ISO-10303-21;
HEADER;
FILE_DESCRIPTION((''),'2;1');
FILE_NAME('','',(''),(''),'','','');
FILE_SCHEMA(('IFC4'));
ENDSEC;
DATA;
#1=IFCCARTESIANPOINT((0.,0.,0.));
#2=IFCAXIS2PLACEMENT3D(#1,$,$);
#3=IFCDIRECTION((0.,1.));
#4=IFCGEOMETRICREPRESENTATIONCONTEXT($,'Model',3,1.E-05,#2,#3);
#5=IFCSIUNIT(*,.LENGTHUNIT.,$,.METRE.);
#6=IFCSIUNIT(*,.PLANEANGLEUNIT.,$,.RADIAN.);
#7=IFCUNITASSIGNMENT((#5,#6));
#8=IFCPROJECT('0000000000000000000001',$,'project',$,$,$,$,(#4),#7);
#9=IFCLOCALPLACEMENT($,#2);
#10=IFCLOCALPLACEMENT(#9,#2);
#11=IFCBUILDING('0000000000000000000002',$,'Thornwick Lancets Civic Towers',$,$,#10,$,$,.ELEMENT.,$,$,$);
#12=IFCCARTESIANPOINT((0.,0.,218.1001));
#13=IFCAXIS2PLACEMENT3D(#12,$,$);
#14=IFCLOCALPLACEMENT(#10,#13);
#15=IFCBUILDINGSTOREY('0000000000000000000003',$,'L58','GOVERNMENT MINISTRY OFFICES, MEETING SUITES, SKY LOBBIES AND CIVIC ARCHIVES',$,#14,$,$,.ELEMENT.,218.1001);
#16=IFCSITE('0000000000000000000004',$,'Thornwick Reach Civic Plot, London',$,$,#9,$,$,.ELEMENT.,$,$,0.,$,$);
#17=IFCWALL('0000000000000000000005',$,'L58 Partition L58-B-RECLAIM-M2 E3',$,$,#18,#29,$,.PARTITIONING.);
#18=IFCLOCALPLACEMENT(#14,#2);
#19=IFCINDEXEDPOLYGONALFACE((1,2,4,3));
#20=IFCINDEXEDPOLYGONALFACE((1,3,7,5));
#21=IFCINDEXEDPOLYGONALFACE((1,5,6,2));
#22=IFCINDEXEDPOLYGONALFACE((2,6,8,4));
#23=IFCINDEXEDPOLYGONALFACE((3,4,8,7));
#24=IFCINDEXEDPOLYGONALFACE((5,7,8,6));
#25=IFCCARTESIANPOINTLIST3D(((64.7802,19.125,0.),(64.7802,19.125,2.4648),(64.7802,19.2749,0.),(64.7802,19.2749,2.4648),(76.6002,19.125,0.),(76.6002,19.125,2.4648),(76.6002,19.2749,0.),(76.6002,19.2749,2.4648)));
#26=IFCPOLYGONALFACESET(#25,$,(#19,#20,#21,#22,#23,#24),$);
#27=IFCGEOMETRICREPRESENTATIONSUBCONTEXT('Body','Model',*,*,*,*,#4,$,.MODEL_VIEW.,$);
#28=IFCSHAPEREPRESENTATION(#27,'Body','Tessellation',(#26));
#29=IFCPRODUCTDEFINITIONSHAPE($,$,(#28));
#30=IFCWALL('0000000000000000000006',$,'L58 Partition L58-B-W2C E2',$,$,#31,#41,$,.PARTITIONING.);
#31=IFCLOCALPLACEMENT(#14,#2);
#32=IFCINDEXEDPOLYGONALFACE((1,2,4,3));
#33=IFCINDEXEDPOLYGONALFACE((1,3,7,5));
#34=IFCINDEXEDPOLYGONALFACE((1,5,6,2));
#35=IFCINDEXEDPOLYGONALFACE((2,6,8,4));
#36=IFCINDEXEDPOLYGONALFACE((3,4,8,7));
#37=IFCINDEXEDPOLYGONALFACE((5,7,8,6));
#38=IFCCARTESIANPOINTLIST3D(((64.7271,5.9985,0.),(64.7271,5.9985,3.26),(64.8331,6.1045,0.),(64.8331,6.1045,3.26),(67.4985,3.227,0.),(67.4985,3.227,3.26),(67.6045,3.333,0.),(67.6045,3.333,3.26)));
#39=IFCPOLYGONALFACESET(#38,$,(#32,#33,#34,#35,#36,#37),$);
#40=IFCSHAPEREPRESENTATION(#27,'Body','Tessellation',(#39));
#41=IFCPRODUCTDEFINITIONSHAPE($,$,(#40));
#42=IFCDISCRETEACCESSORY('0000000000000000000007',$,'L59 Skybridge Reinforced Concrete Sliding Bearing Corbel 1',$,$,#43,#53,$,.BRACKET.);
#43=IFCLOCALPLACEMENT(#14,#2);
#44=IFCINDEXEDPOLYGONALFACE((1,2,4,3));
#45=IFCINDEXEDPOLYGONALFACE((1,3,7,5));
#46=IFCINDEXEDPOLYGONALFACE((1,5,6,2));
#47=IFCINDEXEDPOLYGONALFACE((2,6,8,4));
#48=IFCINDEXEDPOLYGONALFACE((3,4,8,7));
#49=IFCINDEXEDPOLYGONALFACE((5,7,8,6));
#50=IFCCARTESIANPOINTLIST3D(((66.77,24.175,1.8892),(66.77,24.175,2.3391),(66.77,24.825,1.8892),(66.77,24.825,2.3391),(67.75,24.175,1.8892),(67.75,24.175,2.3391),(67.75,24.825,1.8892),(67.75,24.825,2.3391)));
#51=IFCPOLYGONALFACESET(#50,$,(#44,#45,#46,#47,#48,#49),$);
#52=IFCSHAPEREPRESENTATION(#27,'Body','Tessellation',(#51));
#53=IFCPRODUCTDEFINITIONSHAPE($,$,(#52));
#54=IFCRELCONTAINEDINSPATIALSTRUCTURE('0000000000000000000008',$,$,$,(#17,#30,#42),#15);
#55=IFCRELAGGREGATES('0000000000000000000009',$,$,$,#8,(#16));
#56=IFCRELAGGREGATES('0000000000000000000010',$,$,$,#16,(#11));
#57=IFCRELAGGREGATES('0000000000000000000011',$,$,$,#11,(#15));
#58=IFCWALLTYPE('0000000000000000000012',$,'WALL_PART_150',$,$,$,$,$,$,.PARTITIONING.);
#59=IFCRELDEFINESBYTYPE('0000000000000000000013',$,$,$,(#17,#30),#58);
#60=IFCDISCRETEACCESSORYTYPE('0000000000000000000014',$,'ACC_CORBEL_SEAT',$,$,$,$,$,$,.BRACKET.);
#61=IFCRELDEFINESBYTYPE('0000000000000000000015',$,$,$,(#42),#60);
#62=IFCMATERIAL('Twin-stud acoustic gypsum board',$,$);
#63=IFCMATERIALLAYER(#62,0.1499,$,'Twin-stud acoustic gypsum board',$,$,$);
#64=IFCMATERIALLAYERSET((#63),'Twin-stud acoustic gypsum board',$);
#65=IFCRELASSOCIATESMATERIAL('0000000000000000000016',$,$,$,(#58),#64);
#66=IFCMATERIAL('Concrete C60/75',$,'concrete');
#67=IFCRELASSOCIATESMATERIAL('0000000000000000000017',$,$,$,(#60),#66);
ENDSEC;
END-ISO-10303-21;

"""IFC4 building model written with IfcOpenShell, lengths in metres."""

from ifc_helpers import new_model, si_unit, direction, frame, frame_2d, origin, origin_2d, place, context, subcontext, project, spatial, rectangle, extrude, material, layer, layer_set, type_object, element, save


model = new_model("IFC4")

# Units and contexts
model_context = context("Model", 3, precision=1e-05, world=origin(), true_north=direction((0.0, 1.0)))
body_context = subcontext(model_context, "Body", "Model", "MODEL_VIEW")
ifc_project = project(units=[si_unit("LENGTHUNIT", "METRE"), si_unit("PLANEANGLEUNIT", "RADIAN")], contexts=[model_context])

# Site, building, storey
site_placement = place(None, origin())
site = spatial("IfcSite", under=ifc_project, at=site_placement, Name="Thornwick Reach Civic Plot, London", CompositionType="ELEMENT", RefElevation=0.0)
building_placement = place(site_placement, origin())
building = spatial("IfcBuilding", under=site, at=building_placement, Name="Thornwick Lancets Civic Towers", CompositionType="ELEMENT")
storey_placement = place(building_placement, frame((0.0, 0.0, 218.1001)))
storey = spatial("IfcBuildingStorey", under=building, at=storey_placement, Name="L58", Description="GOVERNMENT MINISTRY OFFICES, MEETING SUITES, SKY LOBBIES AND CIVIC ARCHIVES", CompositionType="ELEMENT", Elevation=218.1001)

# Walls
ifc_material_1 = material(Name="Twin-stud acoustic gypsum board")
ifc_layer_1 = layer(ifc_material_1, 0.1499, Name="Twin-stud acoustic gypsum board")
ifc_layer_set_1 = layer_set([ifc_layer_1], Name="Twin-stud acoustic gypsum board")
wall_type_1 = type_object("IfcWallType", Name="WALL_PART_150", PredefinedType="PARTITIONING", material=ifc_layer_set_1)
wall_1_placement = place(storey_placement, frame((64.78, 19.2, 0.0), z_axis=(0.0, 0.0, 1.0), x_axis=(1.0, 0.0, 0.0)))
element("IfcWall", 1, at=wall_1_placement, inside=storey, type_object=wall_type_1, Name="L58 Partition L58-B-RECLAIM-M2 E3", PredefinedType="PARTITIONING", context=body_context, shape_type="SweptSolid", body=[
    extrude(rectangle(XDim=11.8201, YDim=0.1499, at=frame_2d((5.9102, 0.0))), origin(), (0.0, 0.0, 1.0), 2.4648),
])
wall_2_placement = place(storey_placement, frame((67.5515, 3.28, 0.0), z_axis=(0.0, 0.0, 1.0), x_axis=(-0.707107, 0.707107, 0.0)))
element("IfcWall", 2, at=wall_2_placement, inside=storey, type_object=wall_type_1, Name="L58 Partition L58-B-W2C E2", PredefinedType="PARTITIONING", context=body_context, shape_type="SweptSolid", body=[
    extrude(rectangle(XDim=3.9194, YDim=0.1499, at=frame_2d((1.9597, 0.0))), origin(), (0.0, 0.0, 1.0), 3.26),
])

# Discrete accessory
ifc_material_2 = material(Name="Concrete C60/75", Category="concrete")
discrete_accessory_type = type_object("IfcDiscreteAccessoryType", Name="ACC_CORBEL_SEAT", PredefinedType="BRACKET", material=ifc_material_2)
discrete_accessory_placement = place(storey_placement, frame((67.26, 24.5, 1.8892), z_axis=(0.0, 0.0, 1.0), x_axis=(1.0, 0.0, 0.0)))
element("IfcDiscreteAccessory", 3, at=discrete_accessory_placement, inside=storey, type_object=discrete_accessory_type, Name="L59 Skybridge Reinforced Concrete Sliding Bearing Corbel 1", PredefinedType="BRACKET", context=body_context, shape_type="SweptSolid", body=[
    extrude(rectangle(XDim=0.98, YDim=0.6499, at=origin_2d()), origin(), (0.0, 0.0, 1.0), 0.45),
])

save(model, "model.ifc")
